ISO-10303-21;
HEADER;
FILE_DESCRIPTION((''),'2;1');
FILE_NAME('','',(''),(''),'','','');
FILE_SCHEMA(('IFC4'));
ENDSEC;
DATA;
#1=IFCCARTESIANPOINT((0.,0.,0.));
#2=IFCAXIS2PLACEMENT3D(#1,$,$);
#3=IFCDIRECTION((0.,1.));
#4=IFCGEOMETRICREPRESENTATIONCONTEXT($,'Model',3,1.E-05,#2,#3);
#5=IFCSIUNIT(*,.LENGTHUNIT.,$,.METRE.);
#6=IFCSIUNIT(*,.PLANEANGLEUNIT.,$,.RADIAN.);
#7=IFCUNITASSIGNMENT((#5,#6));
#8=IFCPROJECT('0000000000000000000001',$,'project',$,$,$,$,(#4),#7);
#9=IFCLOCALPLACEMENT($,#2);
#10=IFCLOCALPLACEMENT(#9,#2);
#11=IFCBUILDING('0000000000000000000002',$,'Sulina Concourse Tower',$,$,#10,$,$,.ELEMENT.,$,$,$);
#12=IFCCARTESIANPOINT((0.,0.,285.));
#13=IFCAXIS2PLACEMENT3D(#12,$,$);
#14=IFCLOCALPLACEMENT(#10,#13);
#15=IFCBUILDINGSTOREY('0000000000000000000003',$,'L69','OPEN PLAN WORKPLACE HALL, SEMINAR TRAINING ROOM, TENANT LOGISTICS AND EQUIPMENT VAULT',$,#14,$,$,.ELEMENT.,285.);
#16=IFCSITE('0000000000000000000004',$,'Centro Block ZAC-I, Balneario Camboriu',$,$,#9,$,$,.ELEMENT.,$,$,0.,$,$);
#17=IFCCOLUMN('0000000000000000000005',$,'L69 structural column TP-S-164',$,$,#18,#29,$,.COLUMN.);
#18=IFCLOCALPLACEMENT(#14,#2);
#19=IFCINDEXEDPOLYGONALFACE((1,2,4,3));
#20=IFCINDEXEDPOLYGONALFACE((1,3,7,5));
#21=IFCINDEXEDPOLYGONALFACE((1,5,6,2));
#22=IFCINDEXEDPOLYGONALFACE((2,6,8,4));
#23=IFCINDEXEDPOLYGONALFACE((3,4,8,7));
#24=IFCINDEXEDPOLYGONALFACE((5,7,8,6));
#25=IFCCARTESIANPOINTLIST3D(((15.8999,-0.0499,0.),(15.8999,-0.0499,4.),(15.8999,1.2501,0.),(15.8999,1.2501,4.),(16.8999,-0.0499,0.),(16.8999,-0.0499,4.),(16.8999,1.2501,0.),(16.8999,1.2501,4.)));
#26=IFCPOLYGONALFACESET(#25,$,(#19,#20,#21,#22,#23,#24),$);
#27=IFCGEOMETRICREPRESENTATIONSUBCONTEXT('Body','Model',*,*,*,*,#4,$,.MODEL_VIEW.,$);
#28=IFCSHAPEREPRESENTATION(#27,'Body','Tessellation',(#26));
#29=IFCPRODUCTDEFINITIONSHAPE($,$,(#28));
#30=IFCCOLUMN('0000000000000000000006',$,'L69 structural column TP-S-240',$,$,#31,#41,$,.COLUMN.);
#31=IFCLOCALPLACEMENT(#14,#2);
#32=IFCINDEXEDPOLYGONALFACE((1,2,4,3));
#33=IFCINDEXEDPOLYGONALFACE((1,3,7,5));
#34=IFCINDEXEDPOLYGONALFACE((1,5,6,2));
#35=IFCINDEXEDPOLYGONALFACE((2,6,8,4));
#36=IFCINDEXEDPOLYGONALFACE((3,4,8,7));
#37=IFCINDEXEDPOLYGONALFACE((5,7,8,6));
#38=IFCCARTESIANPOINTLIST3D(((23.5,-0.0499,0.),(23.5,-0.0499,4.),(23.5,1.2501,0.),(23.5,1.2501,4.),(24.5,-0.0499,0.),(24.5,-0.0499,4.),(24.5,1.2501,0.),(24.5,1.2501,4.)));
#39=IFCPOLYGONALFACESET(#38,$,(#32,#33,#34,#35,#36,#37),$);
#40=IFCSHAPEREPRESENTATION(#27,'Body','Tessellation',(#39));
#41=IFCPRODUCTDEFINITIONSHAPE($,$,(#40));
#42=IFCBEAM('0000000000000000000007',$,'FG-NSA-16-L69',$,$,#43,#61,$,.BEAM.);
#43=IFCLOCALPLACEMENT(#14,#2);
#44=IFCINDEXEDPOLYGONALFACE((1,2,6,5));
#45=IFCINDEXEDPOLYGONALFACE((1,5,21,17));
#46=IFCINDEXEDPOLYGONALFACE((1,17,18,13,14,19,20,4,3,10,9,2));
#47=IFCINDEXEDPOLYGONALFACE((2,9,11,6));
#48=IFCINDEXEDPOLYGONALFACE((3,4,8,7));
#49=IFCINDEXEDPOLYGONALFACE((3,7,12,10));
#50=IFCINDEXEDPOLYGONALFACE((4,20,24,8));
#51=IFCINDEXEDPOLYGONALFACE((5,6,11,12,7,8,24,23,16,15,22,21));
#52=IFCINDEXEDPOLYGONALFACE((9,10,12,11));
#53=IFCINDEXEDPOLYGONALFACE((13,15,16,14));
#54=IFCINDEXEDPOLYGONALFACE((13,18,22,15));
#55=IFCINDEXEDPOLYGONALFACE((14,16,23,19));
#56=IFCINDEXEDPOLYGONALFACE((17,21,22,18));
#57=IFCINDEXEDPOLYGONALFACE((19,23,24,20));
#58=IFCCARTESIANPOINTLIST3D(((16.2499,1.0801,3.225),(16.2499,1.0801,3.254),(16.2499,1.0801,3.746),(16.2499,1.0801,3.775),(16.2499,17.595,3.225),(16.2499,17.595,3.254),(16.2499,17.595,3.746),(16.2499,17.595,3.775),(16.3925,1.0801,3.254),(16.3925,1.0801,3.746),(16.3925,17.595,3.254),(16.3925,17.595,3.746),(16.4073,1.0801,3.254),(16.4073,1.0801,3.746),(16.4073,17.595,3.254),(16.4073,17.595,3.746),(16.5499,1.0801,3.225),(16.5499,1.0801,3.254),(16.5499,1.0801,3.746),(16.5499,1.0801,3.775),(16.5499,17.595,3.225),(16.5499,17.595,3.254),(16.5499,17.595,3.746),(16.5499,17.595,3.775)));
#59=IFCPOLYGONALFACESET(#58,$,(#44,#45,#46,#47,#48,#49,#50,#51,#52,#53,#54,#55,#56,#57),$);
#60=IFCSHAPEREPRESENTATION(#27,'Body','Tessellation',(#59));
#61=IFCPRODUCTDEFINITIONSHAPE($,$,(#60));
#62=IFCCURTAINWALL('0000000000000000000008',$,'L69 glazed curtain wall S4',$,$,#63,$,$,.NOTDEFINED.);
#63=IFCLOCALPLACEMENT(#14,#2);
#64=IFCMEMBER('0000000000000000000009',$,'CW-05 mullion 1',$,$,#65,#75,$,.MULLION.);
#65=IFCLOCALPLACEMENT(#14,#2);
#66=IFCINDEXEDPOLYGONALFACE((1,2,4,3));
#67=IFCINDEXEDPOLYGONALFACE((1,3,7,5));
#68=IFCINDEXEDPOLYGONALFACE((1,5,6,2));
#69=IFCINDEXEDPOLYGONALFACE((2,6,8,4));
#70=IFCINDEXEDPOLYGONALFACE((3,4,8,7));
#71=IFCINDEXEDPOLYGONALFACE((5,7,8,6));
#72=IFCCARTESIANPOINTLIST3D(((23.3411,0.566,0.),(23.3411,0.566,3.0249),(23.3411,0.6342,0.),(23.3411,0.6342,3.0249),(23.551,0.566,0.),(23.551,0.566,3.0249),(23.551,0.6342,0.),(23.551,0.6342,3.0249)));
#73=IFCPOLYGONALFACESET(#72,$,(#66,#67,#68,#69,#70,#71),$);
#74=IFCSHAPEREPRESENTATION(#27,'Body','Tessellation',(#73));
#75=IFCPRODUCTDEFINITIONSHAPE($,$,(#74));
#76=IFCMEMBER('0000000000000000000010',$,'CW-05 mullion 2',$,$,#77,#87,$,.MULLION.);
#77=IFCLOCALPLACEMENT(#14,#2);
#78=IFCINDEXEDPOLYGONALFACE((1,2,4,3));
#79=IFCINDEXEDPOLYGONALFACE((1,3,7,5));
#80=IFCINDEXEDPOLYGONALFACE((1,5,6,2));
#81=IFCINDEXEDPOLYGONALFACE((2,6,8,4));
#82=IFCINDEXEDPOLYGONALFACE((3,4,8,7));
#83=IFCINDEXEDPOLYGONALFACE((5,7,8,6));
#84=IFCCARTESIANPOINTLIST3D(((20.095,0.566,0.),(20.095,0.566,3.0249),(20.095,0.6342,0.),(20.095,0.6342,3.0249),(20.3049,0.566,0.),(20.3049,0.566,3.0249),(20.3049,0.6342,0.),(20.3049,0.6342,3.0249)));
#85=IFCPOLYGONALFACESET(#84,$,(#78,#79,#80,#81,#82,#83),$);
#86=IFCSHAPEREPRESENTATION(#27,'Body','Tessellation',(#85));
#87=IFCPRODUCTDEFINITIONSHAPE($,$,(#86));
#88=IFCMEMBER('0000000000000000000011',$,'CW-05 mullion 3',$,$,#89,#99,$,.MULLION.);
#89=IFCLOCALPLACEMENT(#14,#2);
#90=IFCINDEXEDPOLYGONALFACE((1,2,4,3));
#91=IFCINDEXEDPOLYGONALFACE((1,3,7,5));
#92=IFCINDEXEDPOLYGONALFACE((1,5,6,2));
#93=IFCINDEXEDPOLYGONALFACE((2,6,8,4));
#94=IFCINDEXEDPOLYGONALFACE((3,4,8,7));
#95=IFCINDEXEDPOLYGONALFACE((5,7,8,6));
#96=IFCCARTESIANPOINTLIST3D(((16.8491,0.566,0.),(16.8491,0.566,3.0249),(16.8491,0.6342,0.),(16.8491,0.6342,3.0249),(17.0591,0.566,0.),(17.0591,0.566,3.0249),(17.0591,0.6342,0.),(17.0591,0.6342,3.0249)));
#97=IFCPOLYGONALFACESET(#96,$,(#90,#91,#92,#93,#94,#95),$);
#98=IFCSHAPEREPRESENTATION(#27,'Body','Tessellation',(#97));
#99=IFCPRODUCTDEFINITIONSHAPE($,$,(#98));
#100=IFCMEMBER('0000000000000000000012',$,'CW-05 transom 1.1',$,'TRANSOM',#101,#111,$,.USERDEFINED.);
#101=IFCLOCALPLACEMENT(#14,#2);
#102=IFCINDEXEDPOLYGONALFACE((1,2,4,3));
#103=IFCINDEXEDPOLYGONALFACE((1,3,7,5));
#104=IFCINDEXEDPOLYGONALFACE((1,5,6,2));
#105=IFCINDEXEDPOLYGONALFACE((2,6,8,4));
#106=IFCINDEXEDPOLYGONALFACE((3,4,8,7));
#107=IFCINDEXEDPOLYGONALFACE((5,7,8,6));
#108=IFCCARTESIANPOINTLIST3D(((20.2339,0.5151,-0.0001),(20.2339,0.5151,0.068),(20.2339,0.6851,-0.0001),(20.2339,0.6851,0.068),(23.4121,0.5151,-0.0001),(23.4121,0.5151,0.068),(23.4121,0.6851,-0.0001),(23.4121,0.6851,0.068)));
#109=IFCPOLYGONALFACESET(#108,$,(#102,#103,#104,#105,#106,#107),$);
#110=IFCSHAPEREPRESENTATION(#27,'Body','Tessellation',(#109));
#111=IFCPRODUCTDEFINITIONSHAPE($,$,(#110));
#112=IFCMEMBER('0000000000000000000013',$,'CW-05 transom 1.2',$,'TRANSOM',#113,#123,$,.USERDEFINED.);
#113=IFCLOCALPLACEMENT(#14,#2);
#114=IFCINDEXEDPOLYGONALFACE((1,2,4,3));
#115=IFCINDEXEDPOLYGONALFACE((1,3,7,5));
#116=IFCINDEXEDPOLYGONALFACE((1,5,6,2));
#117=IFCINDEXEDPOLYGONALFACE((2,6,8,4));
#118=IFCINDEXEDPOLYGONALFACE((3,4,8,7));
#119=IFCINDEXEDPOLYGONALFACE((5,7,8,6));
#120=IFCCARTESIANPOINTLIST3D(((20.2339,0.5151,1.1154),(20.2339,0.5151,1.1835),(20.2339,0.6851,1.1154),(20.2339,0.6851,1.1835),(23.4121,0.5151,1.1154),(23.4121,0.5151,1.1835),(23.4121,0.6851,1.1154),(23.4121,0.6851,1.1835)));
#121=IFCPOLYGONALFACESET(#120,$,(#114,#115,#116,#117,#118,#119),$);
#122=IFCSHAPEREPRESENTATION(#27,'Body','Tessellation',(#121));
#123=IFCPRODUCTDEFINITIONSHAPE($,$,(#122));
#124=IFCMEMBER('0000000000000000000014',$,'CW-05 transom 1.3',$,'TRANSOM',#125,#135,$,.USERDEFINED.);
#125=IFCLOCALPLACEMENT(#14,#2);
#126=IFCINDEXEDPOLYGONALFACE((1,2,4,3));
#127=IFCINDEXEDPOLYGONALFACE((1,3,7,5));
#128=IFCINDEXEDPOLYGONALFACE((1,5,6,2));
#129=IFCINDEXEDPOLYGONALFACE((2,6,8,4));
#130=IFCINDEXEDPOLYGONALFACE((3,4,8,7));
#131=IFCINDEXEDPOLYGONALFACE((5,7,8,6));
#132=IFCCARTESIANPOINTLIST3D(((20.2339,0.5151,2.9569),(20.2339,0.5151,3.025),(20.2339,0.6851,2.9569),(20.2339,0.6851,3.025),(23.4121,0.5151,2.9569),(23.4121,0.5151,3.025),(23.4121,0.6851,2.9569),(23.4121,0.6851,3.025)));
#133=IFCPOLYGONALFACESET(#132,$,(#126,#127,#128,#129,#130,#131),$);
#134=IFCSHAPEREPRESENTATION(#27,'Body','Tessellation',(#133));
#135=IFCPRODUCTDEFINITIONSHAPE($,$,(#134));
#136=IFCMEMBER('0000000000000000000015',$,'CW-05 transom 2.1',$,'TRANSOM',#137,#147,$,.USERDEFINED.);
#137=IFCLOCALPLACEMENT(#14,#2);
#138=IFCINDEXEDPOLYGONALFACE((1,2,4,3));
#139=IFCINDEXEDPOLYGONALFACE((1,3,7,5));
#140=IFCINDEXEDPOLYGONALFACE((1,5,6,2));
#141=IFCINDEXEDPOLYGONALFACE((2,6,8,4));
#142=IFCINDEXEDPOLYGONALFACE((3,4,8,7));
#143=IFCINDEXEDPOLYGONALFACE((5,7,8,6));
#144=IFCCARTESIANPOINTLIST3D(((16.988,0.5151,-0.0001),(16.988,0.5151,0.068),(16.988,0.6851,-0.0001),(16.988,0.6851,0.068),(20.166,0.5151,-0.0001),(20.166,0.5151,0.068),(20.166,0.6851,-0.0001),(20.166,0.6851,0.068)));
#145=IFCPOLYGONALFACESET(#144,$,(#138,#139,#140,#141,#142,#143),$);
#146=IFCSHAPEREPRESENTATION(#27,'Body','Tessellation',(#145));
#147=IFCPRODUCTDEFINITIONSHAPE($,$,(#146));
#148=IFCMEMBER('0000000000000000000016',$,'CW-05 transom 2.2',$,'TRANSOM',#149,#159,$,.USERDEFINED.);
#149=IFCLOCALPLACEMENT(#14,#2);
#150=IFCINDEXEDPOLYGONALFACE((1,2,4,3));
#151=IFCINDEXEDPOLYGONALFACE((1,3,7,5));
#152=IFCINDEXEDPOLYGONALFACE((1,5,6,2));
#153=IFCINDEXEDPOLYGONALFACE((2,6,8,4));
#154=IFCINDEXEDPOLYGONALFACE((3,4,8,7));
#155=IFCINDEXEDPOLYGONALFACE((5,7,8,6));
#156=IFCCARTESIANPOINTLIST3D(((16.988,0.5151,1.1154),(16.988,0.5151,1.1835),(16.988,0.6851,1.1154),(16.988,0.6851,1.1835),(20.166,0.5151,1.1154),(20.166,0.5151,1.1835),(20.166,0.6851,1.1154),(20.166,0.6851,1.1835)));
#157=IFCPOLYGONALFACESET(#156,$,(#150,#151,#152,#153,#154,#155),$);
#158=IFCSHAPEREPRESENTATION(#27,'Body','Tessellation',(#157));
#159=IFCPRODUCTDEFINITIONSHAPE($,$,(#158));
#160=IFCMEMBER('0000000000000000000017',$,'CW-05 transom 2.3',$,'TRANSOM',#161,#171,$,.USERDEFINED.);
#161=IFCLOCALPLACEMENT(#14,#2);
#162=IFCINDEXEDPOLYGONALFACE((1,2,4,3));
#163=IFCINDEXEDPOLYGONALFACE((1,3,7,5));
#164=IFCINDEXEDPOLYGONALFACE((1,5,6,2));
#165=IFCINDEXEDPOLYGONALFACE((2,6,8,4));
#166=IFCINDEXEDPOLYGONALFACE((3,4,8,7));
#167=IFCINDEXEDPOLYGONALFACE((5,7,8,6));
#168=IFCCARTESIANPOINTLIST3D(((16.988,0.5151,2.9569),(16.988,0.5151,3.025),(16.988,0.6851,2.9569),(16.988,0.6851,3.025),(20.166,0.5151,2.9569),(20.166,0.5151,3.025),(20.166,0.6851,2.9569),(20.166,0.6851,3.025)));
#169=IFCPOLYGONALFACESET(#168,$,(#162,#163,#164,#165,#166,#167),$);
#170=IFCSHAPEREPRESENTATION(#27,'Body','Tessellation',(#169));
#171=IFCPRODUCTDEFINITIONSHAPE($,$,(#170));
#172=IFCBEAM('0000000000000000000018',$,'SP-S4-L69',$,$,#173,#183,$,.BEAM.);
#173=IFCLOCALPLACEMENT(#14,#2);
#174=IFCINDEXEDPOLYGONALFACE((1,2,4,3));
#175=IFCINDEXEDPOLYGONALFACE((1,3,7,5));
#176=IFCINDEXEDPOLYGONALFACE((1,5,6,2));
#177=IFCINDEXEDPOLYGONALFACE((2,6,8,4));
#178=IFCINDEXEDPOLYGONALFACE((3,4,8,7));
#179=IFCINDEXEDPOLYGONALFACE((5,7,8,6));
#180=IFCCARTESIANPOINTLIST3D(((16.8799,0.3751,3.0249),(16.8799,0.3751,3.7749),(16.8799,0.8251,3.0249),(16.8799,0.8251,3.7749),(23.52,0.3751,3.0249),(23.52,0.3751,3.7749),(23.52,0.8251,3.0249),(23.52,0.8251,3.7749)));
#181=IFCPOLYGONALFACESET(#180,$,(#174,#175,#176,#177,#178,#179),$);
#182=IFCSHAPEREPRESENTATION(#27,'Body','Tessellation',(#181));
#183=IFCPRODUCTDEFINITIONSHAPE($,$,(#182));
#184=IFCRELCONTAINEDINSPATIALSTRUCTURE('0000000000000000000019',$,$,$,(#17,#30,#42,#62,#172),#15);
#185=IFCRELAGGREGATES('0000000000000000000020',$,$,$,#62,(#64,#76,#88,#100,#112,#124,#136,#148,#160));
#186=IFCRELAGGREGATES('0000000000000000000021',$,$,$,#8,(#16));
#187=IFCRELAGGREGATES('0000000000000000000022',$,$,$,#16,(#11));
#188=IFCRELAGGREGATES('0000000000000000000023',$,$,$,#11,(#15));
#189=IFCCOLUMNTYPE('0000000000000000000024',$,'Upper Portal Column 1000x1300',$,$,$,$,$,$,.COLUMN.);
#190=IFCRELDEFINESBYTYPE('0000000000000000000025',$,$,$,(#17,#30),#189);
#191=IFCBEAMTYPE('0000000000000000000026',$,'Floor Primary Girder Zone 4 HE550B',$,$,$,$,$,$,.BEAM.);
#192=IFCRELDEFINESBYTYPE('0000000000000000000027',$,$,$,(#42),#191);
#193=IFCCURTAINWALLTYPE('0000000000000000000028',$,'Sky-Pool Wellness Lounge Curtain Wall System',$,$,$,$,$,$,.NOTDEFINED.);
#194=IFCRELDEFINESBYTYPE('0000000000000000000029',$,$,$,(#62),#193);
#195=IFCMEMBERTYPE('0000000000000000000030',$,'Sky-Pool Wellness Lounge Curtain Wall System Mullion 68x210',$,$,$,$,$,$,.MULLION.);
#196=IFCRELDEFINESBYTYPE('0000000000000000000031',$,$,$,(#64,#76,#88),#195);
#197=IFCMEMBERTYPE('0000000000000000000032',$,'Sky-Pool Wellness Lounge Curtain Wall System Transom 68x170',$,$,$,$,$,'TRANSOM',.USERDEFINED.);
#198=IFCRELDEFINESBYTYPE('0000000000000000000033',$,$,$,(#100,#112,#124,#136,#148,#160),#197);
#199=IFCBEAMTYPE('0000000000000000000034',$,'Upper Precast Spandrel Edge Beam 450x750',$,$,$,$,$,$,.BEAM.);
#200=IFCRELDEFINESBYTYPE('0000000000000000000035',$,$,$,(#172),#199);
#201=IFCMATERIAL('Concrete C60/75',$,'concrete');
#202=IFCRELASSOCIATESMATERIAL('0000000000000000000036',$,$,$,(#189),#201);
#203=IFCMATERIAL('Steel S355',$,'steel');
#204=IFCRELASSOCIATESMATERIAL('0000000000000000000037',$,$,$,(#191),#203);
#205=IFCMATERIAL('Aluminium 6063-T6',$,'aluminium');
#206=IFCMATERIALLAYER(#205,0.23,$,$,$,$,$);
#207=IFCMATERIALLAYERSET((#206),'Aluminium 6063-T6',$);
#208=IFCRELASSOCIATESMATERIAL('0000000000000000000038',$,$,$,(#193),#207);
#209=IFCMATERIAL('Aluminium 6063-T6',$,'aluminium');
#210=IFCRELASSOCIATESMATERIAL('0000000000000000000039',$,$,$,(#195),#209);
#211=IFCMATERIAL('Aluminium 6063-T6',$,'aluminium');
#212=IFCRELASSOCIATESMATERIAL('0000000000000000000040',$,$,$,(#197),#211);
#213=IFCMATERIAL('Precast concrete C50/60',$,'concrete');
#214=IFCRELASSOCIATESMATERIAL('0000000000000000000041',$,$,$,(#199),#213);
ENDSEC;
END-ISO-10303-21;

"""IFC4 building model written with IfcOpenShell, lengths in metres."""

from ifc_helpers import new_model, si_unit, direction, frame, origin, origin_2d, place, context, subcontext, project, spatial, rectangle, i_section, extrude, material, layer, layer_set, material_profile, profile_set, type_object, element, aggregate, save


model = new_model("IFC4")

# Units and contexts
model_context = context("Model", 3, precision=1e-05, world=origin(), true_north=direction((0.0, 1.0)))
body_context = subcontext(model_context, "Body", "Model", "MODEL_VIEW")
ifc_project = project(units=[si_unit("LENGTHUNIT", "METRE"), si_unit("PLANEANGLEUNIT", "RADIAN")], contexts=[model_context])

# Site, building, storey
site_placement = place(None, origin())
site = spatial("IfcSite", under=ifc_project, at=site_placement, Name="Centro Block ZAC-I, Balneario Camboriu", CompositionType="ELEMENT", RefElevation=0.0)
building_placement = place(site_placement, origin())
building = spatial("IfcBuilding", under=site, at=building_placement, Name="Sulina Concourse Tower", CompositionType="ELEMENT")
storey_placement = place(building_placement, frame((0.0, 0.0, 285.0)))
storey = spatial("IfcBuildingStorey", under=building, at=storey_placement, Name="L69", Description="OPEN PLAN WORKPLACE HALL, SEMINAR TRAINING ROOM, TENANT LOGISTICS AND EQUIPMENT VAULT", CompositionType="ELEMENT", Elevation=285.0)

# Columns
ifc_material_1 = material(Name="Concrete C60/75", Category="concrete")
ifc_material_profile_1 = material_profile(ifc_material_1, rectangle(XDim=1.0, YDim=1.3, at=origin_2d()), Name="RC 1000x1300")
ifc_profile_set_1 = profile_set([ifc_material_profile_1], Name="Concrete C60/75")
column_type = type_object("IfcColumnType", Name="Upper Portal Column 1000x1300", PredefinedType="COLUMN", material=ifc_profile_set_1)
for number, where, z_axis, x_axis, name in (
    (1, (16.3999, 0.6001, 0.0), (0.0, 0.0, 1.0), (1.0, 0.0, 0.0), "L69 structural column TP-S-164"),
    (2, (24.0, 0.6001, 0.0), (0.0, 0.0, 1.0), (1.0, 0.0, 0.0), "L69 structural column TP-S-240"),
):
    element("IfcColumn", number, at=place(storey_placement, frame(where, z_axis=z_axis, x_axis=x_axis)), inside=storey, type_object=column_type, Name=name, PredefinedType="COLUMN", context=body_context, shape_type="SweptSolid", body=[
        extrude(rectangle(XDim=1.0, YDim=1.3, at=origin_2d()), origin(), (0.0, 0.0, 1.0), 4.0),
    ])

# Beam
ifc_material_2 = material(Name="Steel S355", Category="steel")
ifc_material_profile_2 = material_profile(ifc_material_2, i_section(OverallWidth=0.3, OverallDepth=0.55, WebThickness=0.0149, FlangeThickness=0.0291, at=origin_2d()), Name="HE 550 B")
ifc_profile_set_2 = profile_set([ifc_material_profile_2], Name="Steel S355")
beam_type_1 = type_object("IfcBeamType", Name="Floor Primary Girder Zone 4 HE550B", PredefinedType="BEAM", material=ifc_profile_set_2)
beam_1_placement = place(storey_placement, frame((16.3999, 1.0801, 3.5), z_axis=(0.0, 1.0, 0.0), x_axis=(-1.0, 0.0, 0.0)))
element("IfcBeam", 3, at=beam_1_placement, inside=storey, type_object=beam_type_1, Name="FG-NSA-16-L69", PredefinedType="BEAM", context=body_context, shape_type="SweptSolid", body=[
    extrude(i_section(OverallWidth=0.3, OverallDepth=0.55, WebThickness=0.0149, FlangeThickness=0.0291, at=origin_2d()), origin(), (0.0, 0.0, 1.0), 16.5149),
])

# Curtain wall, members
ifc_material_3 = material(Name="Aluminium 6063-T6", Category="aluminium")
ifc_layer_1 = layer(ifc_material_3, 0.23)
ifc_layer_set_1 = layer_set([ifc_layer_1], Name="Aluminium 6063-T6")
curtain_wall_type = type_object("IfcCurtainWallType", Name="Sky-Pool Wellness Lounge Curtain Wall System", PredefinedType="NOTDEFINED", material=ifc_layer_set_1)
curtain_wall_placement = place(storey_placement, origin())
curtain_wall = element("IfcCurtainWall", 4, at=curtain_wall_placement, inside=storey, type_object=curtain_wall_type, Name="L69 glazed curtain wall S4", PredefinedType="NOTDEFINED")
ifc_material_4 = material(Name="Aluminium 6063-T6", Category="aluminium")
ifc_material_profile_3 = material_profile(ifc_material_4, rectangle(XDim=0.0681, YDim=0.21, at=origin_2d()), Name="MUL 68x210")
ifc_profile_set_3 = profile_set([ifc_material_profile_3], Name="Aluminium 6063-T6")
member_type_1 = type_object("IfcMemberType", Name="Sky-Pool Wellness Lounge Curtain Wall System Mullion 68x210", PredefinedType="MULLION", material=ifc_profile_set_3)
member_1_placement = place(storey_placement, frame((23.446, 0.6001, 0.0), z_axis=(0.0, 0.0, 1.0), x_axis=(0.0, -1.0, 0.0)))
member_1 = element("IfcMember", 5, at=member_1_placement, type_object=member_type_1, Name="CW-05 mullion 1", PredefinedType="MULLION", context=body_context, shape_type="SweptSolid", body=[
    extrude(rectangle(XDim=0.0681, YDim=0.21, at=origin_2d()), origin(), (0.0, 0.0, 1.0), 3.0249),
])
member_2_placement = place(storey_placement, frame((20.2, 0.6001, 0.0), z_axis=(0.0, 0.0, 1.0), x_axis=(0.0, -1.0, 0.0)))
member_2 = element("IfcMember", 6, at=member_2_placement, type_object=member_type_1, Name="CW-05 mullion 2", PredefinedType="MULLION", context=body_context, shape_type="SweptSolid", body=[
    extrude(rectangle(XDim=0.0681, YDim=0.21, at=origin_2d()), origin(), (0.0, 0.0, 1.0), 3.0249),
])
member_3_placement = place(storey_placement, frame((16.9541, 0.6001, 0.0), z_axis=(0.0, 0.0, 1.0), x_axis=(0.0, -1.0, 0.0)))
member_3 = element("IfcMember", 7, at=member_3_placement, type_object=member_type_1, Name="CW-05 mullion 3", PredefinedType="MULLION", context=body_context, shape_type="SweptSolid", body=[
    extrude(rectangle(XDim=0.0681, YDim=0.21, at=origin_2d()), origin(), (0.0, 0.0, 1.0), 3.0249),
])
ifc_material_5 = material(Name="Aluminium 6063-T6", Category="aluminium")
ifc_material_profile_4 = material_profile(ifc_material_5, rectangle(XDim=0.1699, YDim=0.0681, at=origin_2d()), Name="TRN 68x170")
ifc_profile_set_4 = profile_set([ifc_material_profile_4], Name="Aluminium 6063-T6")
member_type_2 = type_object("IfcMemberType", Name="Sky-Pool Wellness Lounge Curtain Wall System Transom 68x170", ElementType="TRANSOM", PredefinedType="USERDEFINED", material=ifc_profile_set_4)
member_4_placement = place(storey_placement, frame((23.4121, 0.6001, 0.0339), z_axis=(-1.0, 0.0, 0.0), x_axis=(0.0, -1.0, 0.0)))
member_4 = element("IfcMember", 8, at=member_4_placement, type_object=member_type_2, Name="CW-05 transom 1.1", ObjectType="TRANSOM", PredefinedType="USERDEFINED", context=body_context, shape_type="SweptSolid", body=[
    extrude(rectangle(XDim=0.1699, YDim=0.0681, at=origin_2d()), origin(), (0.0, 0.0, 1.0), 3.1782),
])
member_5_placement = place(storey_placement, frame((23.4121, 0.6001, 1.1494), z_axis=(-1.0, 0.0, 0.0), x_axis=(0.0, -1.0, 0.0)))
member_5 = element("IfcMember", 9, at=member_5_placement, type_object=member_type_2, Name="CW-05 transom 1.2", ObjectType="TRANSOM", PredefinedType="USERDEFINED", context=body_context, shape_type="SweptSolid", body=[
    extrude(rectangle(XDim=0.1699, YDim=0.0681, at=origin_2d()), origin(), (0.0, 0.0, 1.0), 3.1782),
])
member_6_placement = place(storey_placement, frame((23.4121, 0.6001, 2.991), z_axis=(-1.0, 0.0, 0.0), x_axis=(0.0, -1.0, 0.0)))
member_6 = element("IfcMember", 10, at=member_6_placement, type_object=member_type_2, Name="CW-05 transom 1.3", ObjectType="TRANSOM", PredefinedType="USERDEFINED", context=body_context, shape_type="SweptSolid", body=[
    extrude(rectangle(XDim=0.1699, YDim=0.0681, at=origin_2d()), origin(), (0.0, 0.0, 1.0), 3.1782),
])
member_7_placement = place(storey_placement, frame((20.166, 0.6001, 0.0339), z_axis=(-1.0, 0.0, 0.0), x_axis=(0.0, -1.0, 0.0)))
member_7 = element("IfcMember", 11, at=member_7_placement, type_object=member_type_2, Name="CW-05 transom 2.1", ObjectType="TRANSOM", PredefinedType="USERDEFINED", context=body_context, shape_type="SweptSolid", body=[
    extrude(rectangle(XDim=0.1699, YDim=0.0681, at=origin_2d()), origin(), (0.0, 0.0, 1.0), 3.178),
])
member_8_placement = place(storey_placement, frame((20.166, 0.6001, 1.1494), z_axis=(-1.0, 0.0, 0.0), x_axis=(0.0, -1.0, 0.0)))
member_8 = element("IfcMember", 12, at=member_8_placement, type_object=member_type_2, Name="CW-05 transom 2.2", ObjectType="TRANSOM", PredefinedType="USERDEFINED", context=body_context, shape_type="SweptSolid", body=[
    extrude(rectangle(XDim=0.1699, YDim=0.0681, at=origin_2d()), origin(), (0.0, 0.0, 1.0), 3.178),
])
member_9_placement = place(storey_placement, frame((20.166, 0.6001, 2.991), z_axis=(-1.0, 0.0, 0.0), x_axis=(0.0, -1.0, 0.0)))
member_9 = element("IfcMember", 13, at=member_9_placement, type_object=member_type_2, Name="CW-05 transom 2.3", ObjectType="TRANSOM", PredefinedType="USERDEFINED", context=body_context, shape_type="SweptSolid", body=[
    extrude(rectangle(XDim=0.1699, YDim=0.0681, at=origin_2d()), origin(), (0.0, 0.0, 1.0), 3.178),
])

# Beam
ifc_material_6 = material(Name="Precast concrete C50/60", Category="concrete")
ifc_material_profile_5 = material_profile(ifc_material_6, rectangle(XDim=0.45, YDim=0.75, at=origin_2d()), Name="RC 450x750")
ifc_profile_set_5 = profile_set([ifc_material_profile_5], Name="Precast concrete C50/60")
beam_type_2 = type_object("IfcBeamType", Name="Upper Precast Spandrel Edge Beam 450x750", PredefinedType="BEAM", material=ifc_profile_set_5)
beam_2_placement = place(storey_placement, frame((16.8799, 0.6001, 3.3999), z_axis=(1.0, 0.0, 0.0), x_axis=(0.0, 1.0, 0.0)))
element("IfcBeam", 14, at=beam_2_placement, inside=storey, type_object=beam_type_2, Name="SP-S4-L69", PredefinedType="BEAM", context=body_context, shape_type="SweptSolid", body=[
    extrude(rectangle(XDim=0.45, YDim=0.75, at=origin_2d()), origin(), (0.0, 0.0, 1.0), 6.6401),
])

aggregate(curtain_wall, [member_1, member_2, member_3, member_4, member_5, member_6, member_7, member_8, member_9])

save(model, "model.ifc")
